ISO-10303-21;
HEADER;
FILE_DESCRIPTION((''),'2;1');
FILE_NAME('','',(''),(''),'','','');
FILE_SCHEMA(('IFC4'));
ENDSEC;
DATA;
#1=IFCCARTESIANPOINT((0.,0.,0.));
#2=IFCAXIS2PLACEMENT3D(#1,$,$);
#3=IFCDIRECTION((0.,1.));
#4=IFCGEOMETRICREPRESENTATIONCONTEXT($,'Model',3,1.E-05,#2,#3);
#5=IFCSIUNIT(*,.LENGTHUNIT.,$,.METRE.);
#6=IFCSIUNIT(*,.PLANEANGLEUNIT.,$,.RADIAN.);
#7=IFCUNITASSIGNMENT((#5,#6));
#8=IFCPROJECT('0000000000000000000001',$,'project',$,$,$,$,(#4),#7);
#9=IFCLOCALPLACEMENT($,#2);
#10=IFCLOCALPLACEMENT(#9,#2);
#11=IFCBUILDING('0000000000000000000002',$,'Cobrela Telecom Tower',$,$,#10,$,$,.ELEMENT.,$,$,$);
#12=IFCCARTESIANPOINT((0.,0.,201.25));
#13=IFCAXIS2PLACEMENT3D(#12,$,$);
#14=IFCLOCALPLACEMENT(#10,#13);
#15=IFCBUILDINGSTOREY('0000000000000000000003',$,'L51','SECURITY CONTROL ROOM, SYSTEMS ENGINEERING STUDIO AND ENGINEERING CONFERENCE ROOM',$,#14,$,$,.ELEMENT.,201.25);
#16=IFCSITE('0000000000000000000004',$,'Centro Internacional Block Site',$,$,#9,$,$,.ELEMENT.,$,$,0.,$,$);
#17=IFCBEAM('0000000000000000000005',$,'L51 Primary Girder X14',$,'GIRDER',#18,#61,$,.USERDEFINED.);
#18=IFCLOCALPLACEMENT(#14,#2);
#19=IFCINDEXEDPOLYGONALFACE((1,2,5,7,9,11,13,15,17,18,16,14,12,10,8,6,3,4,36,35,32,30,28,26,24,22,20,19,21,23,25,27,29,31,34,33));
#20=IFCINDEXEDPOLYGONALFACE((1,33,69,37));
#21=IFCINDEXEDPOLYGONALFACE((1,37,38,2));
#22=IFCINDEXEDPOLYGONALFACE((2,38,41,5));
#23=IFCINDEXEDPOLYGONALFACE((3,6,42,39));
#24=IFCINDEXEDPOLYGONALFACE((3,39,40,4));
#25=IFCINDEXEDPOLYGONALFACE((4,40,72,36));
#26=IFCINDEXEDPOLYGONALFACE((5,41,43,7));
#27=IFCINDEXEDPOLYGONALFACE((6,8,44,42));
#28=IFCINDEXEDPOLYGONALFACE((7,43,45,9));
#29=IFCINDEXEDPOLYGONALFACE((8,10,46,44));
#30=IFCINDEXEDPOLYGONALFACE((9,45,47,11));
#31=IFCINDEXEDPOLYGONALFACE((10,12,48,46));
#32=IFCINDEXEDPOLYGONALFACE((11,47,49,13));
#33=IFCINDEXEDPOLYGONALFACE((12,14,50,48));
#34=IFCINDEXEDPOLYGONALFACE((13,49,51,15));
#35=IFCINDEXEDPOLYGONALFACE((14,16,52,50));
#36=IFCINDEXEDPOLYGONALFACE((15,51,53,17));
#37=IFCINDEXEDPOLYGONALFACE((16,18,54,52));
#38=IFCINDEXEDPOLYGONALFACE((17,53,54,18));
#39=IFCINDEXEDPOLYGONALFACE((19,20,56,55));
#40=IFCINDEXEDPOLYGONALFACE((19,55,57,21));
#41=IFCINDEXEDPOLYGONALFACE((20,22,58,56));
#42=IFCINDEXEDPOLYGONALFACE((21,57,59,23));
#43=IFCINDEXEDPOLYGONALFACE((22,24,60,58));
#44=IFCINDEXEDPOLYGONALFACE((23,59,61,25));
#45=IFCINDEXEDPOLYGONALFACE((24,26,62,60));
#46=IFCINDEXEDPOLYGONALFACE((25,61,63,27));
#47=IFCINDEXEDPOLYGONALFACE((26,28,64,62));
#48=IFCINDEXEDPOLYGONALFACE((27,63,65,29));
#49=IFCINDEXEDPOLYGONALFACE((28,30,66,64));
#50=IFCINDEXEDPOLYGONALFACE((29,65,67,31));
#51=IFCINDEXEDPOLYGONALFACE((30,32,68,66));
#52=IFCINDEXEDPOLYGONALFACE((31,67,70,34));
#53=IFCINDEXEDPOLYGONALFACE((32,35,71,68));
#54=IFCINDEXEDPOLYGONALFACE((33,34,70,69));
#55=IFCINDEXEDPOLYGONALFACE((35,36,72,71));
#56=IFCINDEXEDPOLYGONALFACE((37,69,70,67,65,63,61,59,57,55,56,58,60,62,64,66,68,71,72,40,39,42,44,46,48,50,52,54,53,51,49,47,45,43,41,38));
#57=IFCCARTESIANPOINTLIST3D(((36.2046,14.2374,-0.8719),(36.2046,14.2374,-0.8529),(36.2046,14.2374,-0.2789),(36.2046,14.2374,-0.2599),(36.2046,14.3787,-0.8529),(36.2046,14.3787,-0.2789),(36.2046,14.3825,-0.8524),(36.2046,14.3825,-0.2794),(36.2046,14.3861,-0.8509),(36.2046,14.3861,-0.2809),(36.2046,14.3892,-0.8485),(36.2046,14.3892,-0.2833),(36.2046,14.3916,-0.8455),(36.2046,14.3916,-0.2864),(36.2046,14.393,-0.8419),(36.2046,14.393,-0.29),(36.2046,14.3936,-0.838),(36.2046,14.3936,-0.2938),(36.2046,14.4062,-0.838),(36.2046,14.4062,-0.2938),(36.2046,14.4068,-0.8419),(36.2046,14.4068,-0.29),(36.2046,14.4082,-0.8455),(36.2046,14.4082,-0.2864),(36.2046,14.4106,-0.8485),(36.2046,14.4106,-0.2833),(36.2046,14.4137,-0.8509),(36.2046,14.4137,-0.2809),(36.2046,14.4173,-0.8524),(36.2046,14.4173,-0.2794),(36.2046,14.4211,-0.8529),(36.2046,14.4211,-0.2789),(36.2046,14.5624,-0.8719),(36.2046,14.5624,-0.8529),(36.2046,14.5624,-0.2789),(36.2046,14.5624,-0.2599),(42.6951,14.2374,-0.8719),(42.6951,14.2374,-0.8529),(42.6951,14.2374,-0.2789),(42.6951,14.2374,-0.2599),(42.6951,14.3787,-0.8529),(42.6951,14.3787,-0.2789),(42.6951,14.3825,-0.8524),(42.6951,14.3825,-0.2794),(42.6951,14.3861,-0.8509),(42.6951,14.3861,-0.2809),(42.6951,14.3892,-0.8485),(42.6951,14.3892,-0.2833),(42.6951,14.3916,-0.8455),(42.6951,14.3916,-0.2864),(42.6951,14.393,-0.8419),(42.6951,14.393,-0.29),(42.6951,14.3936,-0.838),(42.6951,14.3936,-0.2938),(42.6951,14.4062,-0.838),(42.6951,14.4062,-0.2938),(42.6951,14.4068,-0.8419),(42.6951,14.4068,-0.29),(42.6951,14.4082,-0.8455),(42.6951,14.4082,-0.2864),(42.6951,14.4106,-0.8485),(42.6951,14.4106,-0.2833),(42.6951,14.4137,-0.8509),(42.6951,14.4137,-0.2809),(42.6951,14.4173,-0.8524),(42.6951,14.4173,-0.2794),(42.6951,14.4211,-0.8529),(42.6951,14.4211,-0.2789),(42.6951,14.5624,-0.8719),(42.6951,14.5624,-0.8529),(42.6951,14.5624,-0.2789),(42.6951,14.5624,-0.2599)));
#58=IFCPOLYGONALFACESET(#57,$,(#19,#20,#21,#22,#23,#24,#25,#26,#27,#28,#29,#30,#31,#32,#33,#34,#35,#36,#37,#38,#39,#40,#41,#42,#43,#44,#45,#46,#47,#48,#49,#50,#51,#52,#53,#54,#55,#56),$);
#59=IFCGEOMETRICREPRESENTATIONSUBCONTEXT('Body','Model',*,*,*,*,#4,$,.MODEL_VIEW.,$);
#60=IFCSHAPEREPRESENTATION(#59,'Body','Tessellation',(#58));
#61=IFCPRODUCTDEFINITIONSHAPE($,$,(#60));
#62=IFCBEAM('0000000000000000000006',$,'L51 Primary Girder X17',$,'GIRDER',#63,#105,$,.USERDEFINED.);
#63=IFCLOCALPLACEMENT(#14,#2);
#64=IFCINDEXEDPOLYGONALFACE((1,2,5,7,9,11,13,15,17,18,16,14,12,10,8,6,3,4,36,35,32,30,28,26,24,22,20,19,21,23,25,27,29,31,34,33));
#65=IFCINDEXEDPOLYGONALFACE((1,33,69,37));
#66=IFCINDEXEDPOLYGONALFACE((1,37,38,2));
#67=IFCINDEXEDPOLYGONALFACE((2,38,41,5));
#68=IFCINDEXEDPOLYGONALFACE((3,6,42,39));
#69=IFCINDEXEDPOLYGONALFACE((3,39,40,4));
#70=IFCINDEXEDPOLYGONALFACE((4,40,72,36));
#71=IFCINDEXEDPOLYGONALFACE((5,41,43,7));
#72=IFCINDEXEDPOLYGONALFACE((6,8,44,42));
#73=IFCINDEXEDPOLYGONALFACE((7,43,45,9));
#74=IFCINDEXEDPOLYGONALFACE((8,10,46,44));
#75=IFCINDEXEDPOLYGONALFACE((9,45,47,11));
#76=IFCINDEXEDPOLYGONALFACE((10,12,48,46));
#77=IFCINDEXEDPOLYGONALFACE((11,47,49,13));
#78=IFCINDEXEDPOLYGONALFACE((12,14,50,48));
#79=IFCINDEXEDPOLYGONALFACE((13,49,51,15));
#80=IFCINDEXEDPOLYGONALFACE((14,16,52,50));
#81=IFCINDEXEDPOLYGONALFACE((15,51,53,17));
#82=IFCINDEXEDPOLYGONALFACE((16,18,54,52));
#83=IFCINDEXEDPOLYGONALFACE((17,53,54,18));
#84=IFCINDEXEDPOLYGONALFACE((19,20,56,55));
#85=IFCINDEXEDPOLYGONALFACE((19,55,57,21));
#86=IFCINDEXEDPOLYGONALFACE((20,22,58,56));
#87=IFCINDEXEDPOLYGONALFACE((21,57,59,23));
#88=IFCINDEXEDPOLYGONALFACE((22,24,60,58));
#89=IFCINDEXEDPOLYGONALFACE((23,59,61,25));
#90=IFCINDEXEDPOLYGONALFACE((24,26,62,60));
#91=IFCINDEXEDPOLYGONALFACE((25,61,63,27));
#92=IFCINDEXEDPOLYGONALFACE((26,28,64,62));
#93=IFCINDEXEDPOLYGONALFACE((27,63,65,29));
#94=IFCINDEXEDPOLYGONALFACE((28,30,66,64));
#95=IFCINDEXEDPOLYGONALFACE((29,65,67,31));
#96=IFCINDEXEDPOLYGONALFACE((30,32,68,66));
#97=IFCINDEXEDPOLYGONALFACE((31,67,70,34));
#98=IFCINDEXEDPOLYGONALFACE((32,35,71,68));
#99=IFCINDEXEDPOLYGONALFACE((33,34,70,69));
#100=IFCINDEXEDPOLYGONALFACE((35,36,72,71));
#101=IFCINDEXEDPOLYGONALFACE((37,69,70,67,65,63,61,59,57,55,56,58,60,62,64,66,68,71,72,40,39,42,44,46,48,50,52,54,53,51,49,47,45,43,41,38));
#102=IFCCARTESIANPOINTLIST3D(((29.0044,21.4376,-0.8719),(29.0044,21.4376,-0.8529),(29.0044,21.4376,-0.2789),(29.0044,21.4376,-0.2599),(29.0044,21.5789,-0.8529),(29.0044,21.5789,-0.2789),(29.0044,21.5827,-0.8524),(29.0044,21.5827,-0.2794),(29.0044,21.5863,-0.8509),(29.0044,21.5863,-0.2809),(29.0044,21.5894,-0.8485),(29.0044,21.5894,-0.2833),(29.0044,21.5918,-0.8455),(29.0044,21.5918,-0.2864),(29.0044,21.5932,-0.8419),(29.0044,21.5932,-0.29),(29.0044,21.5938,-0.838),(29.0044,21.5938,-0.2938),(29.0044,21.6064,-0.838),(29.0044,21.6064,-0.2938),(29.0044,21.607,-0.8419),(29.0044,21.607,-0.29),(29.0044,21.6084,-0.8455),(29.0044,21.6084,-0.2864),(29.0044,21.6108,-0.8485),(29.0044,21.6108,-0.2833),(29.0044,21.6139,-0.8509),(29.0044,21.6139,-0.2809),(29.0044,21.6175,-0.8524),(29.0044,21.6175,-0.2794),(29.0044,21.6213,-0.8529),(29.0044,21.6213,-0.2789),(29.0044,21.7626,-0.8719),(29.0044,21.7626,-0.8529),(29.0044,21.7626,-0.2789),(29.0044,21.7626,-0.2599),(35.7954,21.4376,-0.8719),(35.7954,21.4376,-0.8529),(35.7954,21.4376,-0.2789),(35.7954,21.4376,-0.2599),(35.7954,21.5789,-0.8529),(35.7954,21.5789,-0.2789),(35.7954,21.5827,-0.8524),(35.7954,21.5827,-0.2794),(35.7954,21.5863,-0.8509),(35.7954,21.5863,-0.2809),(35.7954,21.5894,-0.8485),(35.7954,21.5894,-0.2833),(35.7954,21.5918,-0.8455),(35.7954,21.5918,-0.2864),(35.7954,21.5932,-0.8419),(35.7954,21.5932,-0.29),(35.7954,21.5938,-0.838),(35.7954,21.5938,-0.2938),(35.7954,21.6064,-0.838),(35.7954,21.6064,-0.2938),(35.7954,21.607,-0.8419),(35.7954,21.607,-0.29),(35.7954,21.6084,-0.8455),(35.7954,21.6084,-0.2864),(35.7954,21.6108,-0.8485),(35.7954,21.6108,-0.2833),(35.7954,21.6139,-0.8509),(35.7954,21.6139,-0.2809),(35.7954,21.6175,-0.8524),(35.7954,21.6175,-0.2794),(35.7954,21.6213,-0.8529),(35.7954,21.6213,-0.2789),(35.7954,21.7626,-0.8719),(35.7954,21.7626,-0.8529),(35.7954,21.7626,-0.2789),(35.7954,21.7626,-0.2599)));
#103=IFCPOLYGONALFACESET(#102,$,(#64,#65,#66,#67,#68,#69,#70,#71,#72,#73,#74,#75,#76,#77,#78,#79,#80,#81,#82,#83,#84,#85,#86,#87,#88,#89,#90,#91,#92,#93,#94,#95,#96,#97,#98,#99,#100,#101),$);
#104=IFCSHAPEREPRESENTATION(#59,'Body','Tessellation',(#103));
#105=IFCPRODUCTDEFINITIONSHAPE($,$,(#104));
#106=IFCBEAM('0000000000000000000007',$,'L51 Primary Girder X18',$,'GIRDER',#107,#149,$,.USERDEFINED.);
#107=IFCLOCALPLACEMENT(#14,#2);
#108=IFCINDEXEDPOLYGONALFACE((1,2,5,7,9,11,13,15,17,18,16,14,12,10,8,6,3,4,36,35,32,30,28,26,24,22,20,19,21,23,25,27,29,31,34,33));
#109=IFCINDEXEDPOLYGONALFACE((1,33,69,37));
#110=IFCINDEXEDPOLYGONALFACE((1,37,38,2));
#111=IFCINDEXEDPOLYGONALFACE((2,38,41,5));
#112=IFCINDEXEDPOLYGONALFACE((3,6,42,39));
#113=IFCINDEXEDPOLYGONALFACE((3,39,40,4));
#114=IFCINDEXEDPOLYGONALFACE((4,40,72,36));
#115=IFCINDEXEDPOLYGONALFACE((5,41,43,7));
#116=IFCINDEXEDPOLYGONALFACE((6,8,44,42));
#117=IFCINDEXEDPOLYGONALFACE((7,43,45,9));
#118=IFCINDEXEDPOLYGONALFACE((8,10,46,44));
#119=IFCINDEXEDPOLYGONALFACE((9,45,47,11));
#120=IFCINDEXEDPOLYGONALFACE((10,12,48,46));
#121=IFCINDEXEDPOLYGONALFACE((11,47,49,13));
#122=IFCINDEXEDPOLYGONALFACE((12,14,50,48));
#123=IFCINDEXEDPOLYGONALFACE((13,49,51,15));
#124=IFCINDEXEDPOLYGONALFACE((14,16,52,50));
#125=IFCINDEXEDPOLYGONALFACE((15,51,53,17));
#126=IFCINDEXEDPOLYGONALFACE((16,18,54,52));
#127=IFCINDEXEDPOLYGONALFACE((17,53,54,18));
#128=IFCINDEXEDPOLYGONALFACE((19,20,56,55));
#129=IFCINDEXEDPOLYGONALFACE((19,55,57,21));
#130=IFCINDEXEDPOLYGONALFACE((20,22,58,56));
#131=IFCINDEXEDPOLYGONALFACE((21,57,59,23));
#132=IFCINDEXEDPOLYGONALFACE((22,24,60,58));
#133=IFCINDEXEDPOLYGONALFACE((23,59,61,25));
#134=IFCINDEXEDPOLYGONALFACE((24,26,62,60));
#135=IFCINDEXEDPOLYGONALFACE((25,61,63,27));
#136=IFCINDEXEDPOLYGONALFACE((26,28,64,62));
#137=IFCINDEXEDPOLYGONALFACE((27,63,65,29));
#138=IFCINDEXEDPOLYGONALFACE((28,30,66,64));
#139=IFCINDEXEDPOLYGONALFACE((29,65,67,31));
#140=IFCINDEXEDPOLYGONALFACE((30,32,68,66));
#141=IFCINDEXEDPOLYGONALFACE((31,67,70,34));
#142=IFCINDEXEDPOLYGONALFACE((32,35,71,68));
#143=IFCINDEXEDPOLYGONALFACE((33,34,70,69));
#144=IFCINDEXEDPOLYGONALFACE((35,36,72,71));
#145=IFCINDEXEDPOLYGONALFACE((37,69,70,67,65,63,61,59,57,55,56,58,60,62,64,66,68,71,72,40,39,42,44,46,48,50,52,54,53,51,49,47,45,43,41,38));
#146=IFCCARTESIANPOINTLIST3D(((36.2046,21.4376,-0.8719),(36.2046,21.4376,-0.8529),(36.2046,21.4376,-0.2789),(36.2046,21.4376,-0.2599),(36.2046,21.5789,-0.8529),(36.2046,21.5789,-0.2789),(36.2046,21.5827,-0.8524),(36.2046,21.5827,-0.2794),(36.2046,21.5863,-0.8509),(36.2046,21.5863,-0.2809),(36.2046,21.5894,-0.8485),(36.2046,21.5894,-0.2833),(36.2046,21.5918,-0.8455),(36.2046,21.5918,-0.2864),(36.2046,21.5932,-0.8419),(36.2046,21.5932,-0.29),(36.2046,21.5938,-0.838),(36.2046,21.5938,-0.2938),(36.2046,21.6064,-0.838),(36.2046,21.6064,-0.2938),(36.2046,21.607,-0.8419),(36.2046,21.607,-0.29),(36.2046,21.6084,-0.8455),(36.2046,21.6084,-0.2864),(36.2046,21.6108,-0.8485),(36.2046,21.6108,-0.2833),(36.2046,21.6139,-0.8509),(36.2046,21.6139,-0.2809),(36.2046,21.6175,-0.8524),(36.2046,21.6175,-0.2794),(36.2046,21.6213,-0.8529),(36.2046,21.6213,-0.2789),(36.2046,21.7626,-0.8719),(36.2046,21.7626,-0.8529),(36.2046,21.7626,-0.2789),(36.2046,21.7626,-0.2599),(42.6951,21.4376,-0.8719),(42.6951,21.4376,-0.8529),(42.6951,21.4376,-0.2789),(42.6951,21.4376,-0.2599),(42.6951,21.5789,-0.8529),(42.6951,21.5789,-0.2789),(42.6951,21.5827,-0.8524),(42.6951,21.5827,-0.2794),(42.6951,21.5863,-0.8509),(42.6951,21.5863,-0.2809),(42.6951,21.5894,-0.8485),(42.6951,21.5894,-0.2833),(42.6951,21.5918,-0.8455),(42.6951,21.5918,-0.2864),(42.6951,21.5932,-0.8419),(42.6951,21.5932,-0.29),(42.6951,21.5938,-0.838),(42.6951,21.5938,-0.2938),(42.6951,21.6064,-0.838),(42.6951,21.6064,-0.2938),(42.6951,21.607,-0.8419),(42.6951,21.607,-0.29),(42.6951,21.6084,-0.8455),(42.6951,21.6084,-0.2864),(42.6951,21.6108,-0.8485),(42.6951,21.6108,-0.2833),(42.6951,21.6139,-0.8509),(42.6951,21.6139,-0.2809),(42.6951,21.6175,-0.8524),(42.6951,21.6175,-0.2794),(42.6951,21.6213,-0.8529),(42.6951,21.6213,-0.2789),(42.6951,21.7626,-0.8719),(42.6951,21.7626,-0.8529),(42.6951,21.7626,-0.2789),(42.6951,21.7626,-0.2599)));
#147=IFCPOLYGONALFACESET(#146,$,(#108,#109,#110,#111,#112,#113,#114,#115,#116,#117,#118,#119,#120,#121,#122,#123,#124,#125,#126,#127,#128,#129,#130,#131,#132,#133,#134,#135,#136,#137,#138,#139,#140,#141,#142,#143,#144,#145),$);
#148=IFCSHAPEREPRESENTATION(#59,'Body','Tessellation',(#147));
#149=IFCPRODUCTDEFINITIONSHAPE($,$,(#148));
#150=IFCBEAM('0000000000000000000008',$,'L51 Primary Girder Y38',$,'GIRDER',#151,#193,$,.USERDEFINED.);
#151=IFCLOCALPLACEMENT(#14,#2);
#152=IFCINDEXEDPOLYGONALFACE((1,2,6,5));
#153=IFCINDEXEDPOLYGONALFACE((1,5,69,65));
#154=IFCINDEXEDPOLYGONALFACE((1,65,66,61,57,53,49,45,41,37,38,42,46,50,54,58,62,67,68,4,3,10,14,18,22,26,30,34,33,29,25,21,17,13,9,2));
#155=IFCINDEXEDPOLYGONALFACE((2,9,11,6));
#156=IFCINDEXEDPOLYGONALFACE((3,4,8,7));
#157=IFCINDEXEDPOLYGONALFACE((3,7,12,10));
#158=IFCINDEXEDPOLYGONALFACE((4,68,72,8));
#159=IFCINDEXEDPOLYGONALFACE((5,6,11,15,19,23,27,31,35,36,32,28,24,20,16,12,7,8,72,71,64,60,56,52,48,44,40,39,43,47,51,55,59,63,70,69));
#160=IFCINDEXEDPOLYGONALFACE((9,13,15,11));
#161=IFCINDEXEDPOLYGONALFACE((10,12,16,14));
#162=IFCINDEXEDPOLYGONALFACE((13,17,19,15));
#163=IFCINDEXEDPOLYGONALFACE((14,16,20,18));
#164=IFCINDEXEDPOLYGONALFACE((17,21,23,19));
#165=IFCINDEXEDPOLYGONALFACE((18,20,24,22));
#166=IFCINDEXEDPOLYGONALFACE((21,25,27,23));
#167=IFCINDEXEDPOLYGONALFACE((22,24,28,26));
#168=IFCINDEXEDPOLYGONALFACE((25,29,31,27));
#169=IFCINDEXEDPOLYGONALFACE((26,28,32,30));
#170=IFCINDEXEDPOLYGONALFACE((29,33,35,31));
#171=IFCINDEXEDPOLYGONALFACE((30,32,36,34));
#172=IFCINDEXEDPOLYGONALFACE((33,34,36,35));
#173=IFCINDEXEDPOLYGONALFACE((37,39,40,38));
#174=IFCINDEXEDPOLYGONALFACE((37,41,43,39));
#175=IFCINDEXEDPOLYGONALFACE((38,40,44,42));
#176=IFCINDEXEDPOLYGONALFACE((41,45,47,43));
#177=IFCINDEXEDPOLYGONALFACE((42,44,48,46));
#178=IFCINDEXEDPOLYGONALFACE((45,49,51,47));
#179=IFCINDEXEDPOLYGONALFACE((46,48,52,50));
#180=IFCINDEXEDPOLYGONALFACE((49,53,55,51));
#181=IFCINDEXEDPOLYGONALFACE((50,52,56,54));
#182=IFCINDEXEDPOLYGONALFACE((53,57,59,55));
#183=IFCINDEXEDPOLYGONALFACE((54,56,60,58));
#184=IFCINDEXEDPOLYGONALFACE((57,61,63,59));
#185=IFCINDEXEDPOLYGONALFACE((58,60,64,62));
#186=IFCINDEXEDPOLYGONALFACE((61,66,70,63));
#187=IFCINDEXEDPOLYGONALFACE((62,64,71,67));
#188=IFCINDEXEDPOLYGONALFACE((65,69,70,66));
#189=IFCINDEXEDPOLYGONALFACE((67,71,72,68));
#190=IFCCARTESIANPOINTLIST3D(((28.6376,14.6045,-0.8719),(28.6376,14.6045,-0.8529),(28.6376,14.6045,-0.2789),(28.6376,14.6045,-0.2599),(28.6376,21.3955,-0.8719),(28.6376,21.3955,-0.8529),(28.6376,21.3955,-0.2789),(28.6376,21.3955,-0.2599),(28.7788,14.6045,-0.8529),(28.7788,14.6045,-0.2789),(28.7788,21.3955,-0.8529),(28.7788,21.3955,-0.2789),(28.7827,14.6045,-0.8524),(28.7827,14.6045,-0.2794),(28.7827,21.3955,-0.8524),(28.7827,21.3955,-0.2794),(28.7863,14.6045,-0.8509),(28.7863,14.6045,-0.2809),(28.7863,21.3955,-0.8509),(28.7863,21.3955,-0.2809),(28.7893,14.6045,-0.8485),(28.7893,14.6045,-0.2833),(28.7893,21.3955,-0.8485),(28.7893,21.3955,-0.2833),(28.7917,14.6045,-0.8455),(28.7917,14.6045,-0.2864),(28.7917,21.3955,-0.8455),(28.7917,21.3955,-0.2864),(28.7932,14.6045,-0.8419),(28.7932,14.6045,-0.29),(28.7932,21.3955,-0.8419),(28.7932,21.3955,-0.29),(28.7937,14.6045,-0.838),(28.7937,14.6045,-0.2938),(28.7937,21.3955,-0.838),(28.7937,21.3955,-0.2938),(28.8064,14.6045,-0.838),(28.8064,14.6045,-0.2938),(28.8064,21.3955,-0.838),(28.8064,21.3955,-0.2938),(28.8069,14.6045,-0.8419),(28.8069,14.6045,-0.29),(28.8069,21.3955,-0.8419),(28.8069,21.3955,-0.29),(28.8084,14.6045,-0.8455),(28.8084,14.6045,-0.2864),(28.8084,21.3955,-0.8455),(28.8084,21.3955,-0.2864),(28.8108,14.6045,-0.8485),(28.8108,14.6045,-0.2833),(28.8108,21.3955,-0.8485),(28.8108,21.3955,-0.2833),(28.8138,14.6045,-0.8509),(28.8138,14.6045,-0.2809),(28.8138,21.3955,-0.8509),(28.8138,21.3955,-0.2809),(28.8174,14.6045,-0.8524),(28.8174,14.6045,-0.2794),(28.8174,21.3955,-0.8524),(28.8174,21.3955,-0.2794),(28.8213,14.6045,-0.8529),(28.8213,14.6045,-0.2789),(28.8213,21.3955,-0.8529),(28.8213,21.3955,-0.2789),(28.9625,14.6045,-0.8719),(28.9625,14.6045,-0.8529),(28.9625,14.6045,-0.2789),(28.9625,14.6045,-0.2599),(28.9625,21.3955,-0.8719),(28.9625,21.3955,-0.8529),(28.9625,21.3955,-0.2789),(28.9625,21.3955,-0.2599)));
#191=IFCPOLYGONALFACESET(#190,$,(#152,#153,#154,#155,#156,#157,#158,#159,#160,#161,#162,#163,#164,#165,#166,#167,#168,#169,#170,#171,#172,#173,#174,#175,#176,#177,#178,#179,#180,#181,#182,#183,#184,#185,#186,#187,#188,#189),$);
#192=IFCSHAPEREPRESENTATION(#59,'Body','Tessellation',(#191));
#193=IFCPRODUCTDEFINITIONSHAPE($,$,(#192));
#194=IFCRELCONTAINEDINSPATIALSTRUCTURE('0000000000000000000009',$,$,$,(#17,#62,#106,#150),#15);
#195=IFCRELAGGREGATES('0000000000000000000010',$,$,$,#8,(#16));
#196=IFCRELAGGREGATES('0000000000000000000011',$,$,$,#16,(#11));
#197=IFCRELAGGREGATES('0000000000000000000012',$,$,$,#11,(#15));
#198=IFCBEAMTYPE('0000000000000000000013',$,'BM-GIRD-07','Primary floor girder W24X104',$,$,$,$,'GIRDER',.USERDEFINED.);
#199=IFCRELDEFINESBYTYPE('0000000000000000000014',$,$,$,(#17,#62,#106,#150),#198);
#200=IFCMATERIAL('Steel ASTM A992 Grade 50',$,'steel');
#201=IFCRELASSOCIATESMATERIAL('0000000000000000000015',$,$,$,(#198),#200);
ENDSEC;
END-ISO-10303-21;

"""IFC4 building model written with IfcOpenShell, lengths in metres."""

from ifc_helpers import new_model, si_unit, direction, frame, origin, origin_2d, place, context, subcontext, project, spatial, i_section, extrude, material, material_profile, profile_set, type_object, element, save


model = new_model("IFC4")

# Units and contexts
model_context = context("Model", 3, precision=1e-05, world=origin(), true_north=direction((0.0, 1.0)))
body_context = subcontext(model_context, "Body", "Model", "MODEL_VIEW")
ifc_project = project(units=[si_unit("LENGTHUNIT", "METRE"), si_unit("PLANEANGLEUNIT", "RADIAN")], contexts=[model_context])

# Site, building, storey
site_placement = place(None, origin())
site = spatial("IfcSite", under=ifc_project, at=site_placement, Name="Centro Internacional Block Site", CompositionType="ELEMENT", RefElevation=0.0)
building_placement = place(site_placement, origin())
building = spatial("IfcBuilding", under=site, at=building_placement, Name="Cobrela Telecom Tower", CompositionType="ELEMENT")
storey_placement = place(building_placement, frame((0.0, 0.0, 201.25)))
storey = spatial("IfcBuildingStorey", under=building, at=storey_placement, Name="L51", Description="SECURITY CONTROL ROOM, SYSTEMS ENGINEERING STUDIO AND ENGINEERING CONFERENCE ROOM", CompositionType="ELEMENT", Elevation=201.25)

# Shared definitions
ifc_material_1 = material(Name="Steel ASTM A992 Grade 50", Category="steel")

# Beams
ifc_material_profile_1 = material_profile(ifc_material_1, i_section(OverallWidth=0.325, OverallDepth=0.6121, WebThickness=0.0127, FlangeThickness=0.019, FilletRadius=0.0149, at=origin_2d()), Name="W24X104")
ifc_profile_set_1 = profile_set([ifc_material_profile_1], Name="Steel ASTM A992 Grade 50")
beam_type_1 = type_object("IfcBeamType", Name="BM-GIRD-07", Description="Primary floor girder W24X104", ElementType="GIRDER", PredefinedType="USERDEFINED", material=ifc_profile_set_1)
beam_1_placement = place(storey_placement, frame((36.2046, 14.3999, -0.5659), z_axis=(1.0, 0.0, 0.0), x_axis=(0.0, 1.0, 0.0)))
element("IfcBeam", 1, at=beam_1_placement, inside=storey, type_object=beam_type_1, Name="L51 Primary Girder X14", ObjectType="GIRDER", PredefinedType="USERDEFINED", context=body_context, shape_type="SweptSolid", body=[
    extrude(i_section(OverallWidth=0.325, OverallDepth=0.6121, WebThickness=0.0127, FlangeThickness=0.019, FilletRadius=0.0149, at=origin_2d()), origin(), (0.0, 0.0, 1.0), 6.4905),
])
beam_2_placement = place(storey_placement, frame((29.0044, 21.6001, -0.5659), z_axis=(1.0, 0.0, 0.0), x_axis=(0.0, 1.0, 0.0)))
element("IfcBeam", 2, at=beam_2_placement, inside=storey, type_object=beam_type_1, Name="L51 Primary Girder X17", ObjectType="GIRDER", PredefinedType="USERDEFINED", context=body_context, shape_type="SweptSolid", body=[
    extrude(i_section(OverallWidth=0.325, OverallDepth=0.6121, WebThickness=0.0127, FlangeThickness=0.019, FilletRadius=0.0149, at=origin_2d()), origin(), (0.0, 0.0, 1.0), 6.791),
])
beam_3_placement = place(storey_placement, frame((36.2046, 21.6001, -0.5659), z_axis=(1.0, 0.0, 0.0), x_axis=(0.0, 1.0, 0.0)))
element("IfcBeam", 3, at=beam_3_placement, inside=storey, type_object=beam_type_1, Name="L51 Primary Girder X18", ObjectType="GIRDER", PredefinedType="USERDEFINED", context=body_context, shape_type="SweptSolid", body=[
    extrude(i_section(OverallWidth=0.325, OverallDepth=0.6121, WebThickness=0.0127, FlangeThickness=0.019, FilletRadius=0.0149, at=origin_2d()), origin(), (0.0, 0.0, 1.0), 6.4905),
])
for number, where, z_axis, x_axis, name in (
    (4, (28.8, 14.6045, -0.5659), (0.0, 1.0, 0.0), (-1.0, 0.0, 0.0), "L51 Primary Girder Y38"),
):
    element("IfcBeam", number, at=place(storey_placement, frame(where, z_axis=z_axis, x_axis=x_axis)), inside=storey, type_object=beam_type_1, Name=name, ObjectType="GIRDER", PredefinedType="USERDEFINED", context=body_context, shape_type="SweptSolid", body=[
        extrude(i_section(OverallWidth=0.325, OverallDepth=0.6121, WebThickness=0.0127, FlangeThickness=0.019, FilletRadius=0.0149, at=origin_2d()), origin(), (0.0, 0.0, 1.0), 6.791),
    ])

save(model, "model.ifc")
